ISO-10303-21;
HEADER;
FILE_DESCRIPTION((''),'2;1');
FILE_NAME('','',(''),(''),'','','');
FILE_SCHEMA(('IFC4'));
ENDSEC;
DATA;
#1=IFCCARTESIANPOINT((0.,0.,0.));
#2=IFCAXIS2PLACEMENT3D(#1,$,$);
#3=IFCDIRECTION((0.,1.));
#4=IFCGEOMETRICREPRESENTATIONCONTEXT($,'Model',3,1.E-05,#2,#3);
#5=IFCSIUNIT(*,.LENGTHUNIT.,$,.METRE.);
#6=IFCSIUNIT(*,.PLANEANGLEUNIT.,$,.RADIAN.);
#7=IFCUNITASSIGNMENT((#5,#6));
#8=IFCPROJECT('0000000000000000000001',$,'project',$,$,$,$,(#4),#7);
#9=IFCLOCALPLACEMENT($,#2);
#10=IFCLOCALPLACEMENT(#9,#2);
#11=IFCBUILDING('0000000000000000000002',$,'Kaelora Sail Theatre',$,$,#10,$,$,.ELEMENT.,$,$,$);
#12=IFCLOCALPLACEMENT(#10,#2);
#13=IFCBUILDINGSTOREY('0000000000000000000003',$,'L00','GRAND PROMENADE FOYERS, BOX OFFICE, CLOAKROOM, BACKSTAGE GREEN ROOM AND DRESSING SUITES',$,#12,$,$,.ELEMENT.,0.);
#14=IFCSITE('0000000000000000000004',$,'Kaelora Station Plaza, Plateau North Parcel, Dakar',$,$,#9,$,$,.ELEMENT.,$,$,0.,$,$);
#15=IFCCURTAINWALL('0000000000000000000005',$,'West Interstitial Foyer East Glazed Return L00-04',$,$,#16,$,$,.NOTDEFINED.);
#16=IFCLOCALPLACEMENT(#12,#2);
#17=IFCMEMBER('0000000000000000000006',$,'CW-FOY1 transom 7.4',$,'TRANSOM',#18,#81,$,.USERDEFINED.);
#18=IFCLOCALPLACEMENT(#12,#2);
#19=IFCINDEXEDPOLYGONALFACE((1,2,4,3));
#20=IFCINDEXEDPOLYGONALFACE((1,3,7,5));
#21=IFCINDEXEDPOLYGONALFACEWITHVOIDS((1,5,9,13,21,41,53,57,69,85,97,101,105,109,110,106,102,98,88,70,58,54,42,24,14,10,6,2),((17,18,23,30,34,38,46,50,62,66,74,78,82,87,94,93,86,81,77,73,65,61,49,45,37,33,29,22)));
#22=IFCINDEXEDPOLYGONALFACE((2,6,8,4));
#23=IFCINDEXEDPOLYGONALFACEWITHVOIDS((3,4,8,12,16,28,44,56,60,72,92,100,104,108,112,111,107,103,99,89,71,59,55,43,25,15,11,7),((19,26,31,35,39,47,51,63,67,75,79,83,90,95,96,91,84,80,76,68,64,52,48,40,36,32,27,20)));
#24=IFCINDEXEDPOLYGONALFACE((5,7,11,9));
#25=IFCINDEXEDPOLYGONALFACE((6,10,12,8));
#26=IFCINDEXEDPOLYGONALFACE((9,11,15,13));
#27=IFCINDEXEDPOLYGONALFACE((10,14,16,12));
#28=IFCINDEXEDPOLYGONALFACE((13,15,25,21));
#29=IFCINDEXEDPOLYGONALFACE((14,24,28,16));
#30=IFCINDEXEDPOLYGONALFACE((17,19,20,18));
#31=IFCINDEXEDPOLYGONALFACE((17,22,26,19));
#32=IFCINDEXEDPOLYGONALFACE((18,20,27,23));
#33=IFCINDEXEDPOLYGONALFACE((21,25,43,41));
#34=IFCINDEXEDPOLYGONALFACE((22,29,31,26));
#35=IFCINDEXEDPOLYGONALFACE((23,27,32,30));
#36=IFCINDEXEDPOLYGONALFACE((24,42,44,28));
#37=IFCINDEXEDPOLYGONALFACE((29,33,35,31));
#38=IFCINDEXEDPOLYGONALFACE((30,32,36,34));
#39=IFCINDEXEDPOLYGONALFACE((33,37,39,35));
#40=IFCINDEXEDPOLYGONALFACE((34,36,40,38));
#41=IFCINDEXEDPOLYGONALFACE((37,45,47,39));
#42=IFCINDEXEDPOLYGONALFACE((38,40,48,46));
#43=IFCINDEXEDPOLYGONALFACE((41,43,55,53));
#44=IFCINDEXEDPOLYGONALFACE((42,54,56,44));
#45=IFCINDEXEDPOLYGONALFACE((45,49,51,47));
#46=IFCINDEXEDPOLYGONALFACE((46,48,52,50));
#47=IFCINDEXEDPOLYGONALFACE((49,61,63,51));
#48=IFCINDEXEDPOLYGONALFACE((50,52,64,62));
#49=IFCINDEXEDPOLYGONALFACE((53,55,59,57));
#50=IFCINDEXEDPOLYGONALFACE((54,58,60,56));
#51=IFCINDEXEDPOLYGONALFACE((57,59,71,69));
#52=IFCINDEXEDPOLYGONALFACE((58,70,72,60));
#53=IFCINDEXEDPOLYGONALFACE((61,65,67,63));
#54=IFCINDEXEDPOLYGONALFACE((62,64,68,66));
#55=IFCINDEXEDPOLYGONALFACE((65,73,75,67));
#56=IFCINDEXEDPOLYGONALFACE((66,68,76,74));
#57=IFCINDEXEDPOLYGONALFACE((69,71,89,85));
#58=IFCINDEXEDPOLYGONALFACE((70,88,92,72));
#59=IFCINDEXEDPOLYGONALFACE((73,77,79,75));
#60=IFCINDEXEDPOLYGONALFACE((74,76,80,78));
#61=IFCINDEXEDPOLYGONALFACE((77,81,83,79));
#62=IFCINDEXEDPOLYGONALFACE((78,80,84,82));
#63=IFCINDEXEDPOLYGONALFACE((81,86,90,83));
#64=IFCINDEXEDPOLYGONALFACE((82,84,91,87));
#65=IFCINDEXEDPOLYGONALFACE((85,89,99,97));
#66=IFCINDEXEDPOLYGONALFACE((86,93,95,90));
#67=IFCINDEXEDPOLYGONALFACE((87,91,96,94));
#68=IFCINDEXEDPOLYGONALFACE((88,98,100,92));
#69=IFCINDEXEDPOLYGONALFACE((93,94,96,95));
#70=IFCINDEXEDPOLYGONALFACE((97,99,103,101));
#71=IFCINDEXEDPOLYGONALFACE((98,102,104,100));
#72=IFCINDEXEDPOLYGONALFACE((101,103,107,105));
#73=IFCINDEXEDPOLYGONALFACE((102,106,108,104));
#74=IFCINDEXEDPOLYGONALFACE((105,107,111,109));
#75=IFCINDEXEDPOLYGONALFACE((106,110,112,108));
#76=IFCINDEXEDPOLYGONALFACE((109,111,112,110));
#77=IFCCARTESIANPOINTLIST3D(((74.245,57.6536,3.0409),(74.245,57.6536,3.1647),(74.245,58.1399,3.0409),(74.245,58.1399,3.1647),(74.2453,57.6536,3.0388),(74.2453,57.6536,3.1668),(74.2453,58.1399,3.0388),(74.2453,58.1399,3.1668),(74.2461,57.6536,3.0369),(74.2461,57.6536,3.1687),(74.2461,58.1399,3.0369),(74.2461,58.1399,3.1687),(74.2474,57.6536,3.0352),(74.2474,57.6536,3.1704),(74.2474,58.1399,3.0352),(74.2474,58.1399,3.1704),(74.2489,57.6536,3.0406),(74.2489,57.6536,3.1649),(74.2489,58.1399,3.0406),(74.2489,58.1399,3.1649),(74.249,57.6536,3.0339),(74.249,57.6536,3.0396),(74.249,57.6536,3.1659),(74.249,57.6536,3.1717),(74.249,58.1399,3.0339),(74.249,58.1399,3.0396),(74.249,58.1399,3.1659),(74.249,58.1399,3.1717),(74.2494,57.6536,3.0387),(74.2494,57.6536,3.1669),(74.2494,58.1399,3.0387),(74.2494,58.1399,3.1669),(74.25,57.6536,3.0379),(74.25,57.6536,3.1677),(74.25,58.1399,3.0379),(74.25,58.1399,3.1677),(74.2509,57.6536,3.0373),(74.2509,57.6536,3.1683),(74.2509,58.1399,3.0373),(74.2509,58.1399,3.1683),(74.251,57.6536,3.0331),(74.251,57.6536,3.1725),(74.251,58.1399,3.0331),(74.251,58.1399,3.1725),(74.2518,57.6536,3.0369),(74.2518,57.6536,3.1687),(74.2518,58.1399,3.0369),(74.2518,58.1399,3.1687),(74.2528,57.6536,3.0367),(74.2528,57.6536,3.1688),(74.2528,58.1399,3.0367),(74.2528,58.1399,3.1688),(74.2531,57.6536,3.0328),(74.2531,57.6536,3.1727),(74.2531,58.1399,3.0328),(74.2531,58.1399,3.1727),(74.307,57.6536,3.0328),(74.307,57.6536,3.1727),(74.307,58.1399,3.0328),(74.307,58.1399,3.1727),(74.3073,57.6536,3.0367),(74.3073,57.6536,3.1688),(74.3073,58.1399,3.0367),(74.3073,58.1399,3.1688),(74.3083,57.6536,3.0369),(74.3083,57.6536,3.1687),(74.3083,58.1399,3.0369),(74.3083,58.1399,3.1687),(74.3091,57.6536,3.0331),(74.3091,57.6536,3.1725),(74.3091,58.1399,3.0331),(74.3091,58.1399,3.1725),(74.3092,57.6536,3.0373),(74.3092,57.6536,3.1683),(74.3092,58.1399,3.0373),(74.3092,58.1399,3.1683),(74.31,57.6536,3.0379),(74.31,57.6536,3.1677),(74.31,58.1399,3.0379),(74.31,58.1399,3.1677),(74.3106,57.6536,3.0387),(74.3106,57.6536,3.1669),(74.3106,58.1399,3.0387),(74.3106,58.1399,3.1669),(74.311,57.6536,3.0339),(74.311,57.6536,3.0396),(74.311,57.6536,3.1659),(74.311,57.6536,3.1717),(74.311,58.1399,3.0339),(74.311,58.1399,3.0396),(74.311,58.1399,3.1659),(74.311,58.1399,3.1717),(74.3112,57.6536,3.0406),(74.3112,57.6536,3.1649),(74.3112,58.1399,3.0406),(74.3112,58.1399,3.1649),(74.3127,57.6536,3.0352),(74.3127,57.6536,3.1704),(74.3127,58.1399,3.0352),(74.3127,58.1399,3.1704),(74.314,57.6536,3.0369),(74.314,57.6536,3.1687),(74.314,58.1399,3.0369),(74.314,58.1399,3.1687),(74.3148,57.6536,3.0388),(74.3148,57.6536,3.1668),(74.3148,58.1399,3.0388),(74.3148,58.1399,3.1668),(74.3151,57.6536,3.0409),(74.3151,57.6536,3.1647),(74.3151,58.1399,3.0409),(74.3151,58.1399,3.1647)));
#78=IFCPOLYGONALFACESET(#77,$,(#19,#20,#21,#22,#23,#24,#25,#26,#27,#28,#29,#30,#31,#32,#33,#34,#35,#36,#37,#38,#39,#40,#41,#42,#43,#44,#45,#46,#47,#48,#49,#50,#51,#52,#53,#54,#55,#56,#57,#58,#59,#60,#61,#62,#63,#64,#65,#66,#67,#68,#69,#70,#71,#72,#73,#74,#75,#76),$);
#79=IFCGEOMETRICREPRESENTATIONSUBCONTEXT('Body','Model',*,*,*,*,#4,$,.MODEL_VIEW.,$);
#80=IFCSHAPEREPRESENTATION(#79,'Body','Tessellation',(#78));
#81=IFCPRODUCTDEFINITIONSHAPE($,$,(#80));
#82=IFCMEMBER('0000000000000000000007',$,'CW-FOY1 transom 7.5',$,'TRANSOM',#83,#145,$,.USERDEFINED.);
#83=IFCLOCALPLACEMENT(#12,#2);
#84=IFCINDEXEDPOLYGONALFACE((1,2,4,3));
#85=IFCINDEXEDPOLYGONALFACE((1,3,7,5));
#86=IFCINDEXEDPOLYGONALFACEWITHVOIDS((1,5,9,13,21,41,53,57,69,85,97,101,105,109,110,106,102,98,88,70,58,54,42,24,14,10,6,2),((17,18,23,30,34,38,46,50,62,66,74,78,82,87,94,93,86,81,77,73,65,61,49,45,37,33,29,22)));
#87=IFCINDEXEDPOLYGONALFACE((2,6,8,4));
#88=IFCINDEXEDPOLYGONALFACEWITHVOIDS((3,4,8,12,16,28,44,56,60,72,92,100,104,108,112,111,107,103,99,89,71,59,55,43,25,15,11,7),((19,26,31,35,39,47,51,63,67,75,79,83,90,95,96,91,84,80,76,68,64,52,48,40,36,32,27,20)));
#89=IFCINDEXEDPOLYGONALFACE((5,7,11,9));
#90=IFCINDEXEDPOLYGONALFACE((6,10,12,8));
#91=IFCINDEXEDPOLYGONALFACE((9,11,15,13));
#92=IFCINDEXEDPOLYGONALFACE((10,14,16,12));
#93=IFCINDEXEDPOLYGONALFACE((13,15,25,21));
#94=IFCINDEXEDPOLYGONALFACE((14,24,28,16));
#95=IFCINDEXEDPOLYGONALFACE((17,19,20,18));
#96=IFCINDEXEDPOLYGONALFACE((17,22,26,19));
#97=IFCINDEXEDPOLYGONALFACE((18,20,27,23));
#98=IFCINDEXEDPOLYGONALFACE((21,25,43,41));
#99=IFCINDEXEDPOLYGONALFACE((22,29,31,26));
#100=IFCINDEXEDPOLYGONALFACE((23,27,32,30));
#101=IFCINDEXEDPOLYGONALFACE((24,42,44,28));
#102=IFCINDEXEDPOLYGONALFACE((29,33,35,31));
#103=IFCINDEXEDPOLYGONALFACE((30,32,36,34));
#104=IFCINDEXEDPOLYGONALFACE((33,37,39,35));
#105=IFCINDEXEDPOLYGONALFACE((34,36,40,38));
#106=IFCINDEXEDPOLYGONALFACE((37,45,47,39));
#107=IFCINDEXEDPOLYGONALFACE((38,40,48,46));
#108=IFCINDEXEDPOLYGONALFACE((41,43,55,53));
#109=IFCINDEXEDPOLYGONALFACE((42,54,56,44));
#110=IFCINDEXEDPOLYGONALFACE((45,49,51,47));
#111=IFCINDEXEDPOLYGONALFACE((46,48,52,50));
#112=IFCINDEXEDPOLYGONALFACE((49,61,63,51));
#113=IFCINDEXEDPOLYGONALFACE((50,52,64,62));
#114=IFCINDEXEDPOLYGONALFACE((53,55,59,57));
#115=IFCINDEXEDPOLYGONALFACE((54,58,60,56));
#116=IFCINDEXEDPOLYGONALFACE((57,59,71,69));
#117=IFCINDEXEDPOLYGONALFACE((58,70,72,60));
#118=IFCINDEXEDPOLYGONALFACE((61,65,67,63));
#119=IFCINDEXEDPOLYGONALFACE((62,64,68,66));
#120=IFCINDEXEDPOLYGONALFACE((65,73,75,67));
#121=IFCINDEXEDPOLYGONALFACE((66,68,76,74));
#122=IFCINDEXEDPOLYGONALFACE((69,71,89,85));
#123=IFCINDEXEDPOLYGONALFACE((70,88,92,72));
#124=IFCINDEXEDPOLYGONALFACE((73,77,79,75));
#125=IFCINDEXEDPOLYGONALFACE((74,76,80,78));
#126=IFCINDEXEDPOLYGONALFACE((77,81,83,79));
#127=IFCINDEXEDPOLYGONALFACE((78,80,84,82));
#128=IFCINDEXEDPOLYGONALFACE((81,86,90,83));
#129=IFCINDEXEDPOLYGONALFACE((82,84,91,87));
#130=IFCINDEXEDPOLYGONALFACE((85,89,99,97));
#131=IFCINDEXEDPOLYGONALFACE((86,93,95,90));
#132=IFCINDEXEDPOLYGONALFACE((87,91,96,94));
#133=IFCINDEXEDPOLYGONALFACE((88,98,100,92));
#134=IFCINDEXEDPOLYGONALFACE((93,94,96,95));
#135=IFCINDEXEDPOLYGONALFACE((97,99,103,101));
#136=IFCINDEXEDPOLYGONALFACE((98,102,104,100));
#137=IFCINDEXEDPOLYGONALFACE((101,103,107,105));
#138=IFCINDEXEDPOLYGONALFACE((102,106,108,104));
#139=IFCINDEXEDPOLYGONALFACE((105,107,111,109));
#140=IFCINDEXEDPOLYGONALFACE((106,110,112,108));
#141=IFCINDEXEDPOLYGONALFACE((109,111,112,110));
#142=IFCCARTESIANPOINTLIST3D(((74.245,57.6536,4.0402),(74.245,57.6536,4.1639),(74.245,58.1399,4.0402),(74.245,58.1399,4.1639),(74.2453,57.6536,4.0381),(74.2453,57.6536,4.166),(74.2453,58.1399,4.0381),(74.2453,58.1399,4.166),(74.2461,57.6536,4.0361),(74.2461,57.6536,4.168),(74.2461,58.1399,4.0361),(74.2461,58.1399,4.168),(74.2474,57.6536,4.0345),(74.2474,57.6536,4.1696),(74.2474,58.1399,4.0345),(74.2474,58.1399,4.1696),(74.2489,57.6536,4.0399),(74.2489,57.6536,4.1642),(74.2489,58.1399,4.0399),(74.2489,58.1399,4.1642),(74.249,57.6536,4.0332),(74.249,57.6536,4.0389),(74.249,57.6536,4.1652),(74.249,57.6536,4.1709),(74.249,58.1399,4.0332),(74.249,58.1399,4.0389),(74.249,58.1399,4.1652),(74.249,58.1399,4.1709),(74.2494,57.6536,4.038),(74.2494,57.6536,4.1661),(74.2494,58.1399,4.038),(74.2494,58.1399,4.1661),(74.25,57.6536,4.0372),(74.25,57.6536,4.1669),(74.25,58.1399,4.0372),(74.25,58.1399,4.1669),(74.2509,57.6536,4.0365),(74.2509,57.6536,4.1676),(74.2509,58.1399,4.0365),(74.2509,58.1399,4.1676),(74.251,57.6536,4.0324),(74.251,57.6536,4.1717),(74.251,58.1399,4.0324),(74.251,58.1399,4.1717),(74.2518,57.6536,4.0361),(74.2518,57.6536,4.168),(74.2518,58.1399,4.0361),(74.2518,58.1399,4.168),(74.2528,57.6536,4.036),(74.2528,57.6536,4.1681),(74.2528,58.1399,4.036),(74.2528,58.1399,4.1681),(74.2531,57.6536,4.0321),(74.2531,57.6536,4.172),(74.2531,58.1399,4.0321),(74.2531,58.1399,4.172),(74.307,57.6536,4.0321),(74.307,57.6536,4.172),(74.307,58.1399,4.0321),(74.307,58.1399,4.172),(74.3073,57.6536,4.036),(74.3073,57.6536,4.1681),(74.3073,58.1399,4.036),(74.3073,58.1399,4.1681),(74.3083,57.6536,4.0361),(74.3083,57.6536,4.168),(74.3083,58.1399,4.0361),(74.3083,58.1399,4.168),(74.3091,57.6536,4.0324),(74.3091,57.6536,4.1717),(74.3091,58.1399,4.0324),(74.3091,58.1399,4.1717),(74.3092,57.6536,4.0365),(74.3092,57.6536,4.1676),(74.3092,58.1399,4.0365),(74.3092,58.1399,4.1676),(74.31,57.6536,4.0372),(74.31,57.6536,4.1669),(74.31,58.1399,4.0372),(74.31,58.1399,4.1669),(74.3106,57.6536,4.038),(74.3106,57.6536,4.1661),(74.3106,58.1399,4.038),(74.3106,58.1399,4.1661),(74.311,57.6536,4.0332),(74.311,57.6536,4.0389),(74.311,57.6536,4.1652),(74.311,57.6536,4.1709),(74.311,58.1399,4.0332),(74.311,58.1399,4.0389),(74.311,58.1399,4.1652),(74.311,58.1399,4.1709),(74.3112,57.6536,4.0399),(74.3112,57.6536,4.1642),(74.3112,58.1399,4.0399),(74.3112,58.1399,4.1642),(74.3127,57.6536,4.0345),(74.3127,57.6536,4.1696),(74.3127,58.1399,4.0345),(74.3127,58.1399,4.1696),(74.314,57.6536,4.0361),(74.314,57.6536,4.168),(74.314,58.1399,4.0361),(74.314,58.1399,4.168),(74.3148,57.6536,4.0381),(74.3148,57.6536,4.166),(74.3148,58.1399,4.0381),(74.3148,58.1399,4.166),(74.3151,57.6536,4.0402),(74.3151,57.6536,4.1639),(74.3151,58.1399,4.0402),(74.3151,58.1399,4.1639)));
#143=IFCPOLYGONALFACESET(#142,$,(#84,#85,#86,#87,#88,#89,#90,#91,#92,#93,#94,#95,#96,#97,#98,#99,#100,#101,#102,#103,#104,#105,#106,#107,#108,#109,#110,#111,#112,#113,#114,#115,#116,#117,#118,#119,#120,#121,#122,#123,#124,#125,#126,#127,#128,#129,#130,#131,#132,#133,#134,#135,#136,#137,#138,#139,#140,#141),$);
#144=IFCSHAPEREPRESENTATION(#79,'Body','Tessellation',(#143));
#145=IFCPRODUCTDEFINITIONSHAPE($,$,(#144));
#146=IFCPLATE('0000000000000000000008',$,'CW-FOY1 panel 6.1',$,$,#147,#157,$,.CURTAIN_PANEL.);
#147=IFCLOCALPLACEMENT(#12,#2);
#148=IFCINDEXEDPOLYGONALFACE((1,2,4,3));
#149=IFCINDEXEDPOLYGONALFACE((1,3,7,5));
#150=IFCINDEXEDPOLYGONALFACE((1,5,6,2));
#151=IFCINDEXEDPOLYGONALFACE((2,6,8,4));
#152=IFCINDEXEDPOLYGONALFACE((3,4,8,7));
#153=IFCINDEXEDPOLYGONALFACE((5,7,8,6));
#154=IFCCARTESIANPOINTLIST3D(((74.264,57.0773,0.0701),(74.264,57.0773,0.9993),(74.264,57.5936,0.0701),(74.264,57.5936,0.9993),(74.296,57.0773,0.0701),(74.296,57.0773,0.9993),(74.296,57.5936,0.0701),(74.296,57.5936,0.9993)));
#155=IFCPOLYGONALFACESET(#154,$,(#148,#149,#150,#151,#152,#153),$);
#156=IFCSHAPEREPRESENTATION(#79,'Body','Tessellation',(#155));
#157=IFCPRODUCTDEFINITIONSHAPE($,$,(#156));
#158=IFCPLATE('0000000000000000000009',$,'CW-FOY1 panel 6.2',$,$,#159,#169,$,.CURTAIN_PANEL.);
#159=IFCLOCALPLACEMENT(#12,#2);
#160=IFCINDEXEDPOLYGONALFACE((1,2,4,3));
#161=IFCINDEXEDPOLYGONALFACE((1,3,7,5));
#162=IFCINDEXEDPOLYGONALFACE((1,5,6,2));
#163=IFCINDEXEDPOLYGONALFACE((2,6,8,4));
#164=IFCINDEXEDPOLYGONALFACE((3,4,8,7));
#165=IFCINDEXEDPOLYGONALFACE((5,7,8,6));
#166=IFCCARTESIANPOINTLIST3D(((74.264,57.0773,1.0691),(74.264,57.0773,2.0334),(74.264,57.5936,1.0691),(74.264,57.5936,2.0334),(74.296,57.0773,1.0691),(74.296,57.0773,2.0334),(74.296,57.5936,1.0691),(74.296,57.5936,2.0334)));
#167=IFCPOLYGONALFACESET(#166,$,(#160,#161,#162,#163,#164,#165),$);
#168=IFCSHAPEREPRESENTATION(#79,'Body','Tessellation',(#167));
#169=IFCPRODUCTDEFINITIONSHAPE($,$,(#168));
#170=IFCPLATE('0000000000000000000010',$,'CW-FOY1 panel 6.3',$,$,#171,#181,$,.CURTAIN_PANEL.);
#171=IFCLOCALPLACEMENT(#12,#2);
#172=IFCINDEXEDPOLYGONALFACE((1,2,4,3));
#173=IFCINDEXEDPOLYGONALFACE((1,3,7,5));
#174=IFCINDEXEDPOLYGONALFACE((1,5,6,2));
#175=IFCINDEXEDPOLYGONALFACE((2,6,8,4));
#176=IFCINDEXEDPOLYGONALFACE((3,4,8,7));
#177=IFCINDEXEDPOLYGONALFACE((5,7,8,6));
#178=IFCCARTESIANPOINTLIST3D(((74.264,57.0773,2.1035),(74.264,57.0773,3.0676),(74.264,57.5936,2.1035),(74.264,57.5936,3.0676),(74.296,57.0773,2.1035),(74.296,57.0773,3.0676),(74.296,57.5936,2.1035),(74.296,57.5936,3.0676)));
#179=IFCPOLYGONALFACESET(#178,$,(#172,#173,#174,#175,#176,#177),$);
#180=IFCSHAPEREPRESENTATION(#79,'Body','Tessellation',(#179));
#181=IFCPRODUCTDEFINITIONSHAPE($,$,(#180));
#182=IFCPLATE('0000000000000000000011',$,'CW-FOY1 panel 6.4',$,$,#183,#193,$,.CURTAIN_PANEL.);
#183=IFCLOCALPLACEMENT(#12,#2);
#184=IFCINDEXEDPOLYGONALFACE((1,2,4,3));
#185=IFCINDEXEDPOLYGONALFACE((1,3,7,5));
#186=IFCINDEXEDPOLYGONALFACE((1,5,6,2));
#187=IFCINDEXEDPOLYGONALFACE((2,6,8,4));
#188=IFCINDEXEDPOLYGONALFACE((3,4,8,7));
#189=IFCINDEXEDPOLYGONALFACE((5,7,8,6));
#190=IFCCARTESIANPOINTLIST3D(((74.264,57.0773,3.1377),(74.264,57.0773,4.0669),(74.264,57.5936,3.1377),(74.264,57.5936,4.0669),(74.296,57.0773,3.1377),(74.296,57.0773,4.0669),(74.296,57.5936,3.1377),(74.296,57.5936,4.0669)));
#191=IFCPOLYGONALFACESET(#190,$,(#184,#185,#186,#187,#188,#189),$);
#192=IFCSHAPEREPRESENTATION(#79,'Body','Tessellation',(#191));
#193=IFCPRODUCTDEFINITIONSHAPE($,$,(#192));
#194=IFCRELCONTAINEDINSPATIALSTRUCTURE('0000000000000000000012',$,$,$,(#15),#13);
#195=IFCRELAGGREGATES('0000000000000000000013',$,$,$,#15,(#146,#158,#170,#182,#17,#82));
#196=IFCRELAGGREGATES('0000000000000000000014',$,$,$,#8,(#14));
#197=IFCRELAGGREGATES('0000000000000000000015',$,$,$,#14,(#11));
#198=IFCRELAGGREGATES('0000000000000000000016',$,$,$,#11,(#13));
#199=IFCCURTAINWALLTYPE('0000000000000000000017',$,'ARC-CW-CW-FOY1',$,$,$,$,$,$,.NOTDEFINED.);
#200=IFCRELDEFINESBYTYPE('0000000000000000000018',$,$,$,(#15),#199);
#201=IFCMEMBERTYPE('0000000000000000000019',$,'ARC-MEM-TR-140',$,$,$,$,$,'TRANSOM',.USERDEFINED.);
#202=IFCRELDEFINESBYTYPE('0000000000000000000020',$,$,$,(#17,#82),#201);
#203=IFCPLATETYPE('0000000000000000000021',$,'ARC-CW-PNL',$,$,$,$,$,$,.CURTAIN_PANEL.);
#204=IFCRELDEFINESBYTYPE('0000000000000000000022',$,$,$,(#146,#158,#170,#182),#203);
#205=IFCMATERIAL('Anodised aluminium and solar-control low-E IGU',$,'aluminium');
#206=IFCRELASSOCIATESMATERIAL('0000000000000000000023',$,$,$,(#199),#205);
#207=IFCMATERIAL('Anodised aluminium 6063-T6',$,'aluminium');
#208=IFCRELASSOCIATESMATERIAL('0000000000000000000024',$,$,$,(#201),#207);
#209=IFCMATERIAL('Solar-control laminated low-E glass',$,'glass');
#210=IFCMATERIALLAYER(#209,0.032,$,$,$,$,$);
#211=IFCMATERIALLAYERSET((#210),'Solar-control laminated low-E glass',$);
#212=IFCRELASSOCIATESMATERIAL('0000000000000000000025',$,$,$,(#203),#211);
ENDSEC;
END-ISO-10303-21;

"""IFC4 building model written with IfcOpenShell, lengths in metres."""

from ifc_helpers import new_model, si_unit, direction, frame, origin, origin_2d, place, context, subcontext, project, spatial, rectangle, hollow_rectangle, extrude, material, layer, layer_set, material_profile, profile_set, type_object, element, aggregate, save


model = new_model("IFC4")

# Units and contexts
model_context = context("Model", 3, precision=1e-05, world=origin(), true_north=direction((0.0, 1.0)))
body_context = subcontext(model_context, "Body", "Model", "MODEL_VIEW")
ifc_project = project(units=[si_unit("LENGTHUNIT", "METRE"), si_unit("PLANEANGLEUNIT", "RADIAN")], contexts=[model_context])

# Site, building, storey
site_placement = place(None, origin())
site = spatial("IfcSite", under=ifc_project, at=site_placement, Name="Kaelora Station Plaza, Plateau North Parcel, Dakar", CompositionType="ELEMENT", RefElevation=0.0)
building_placement = place(site_placement, origin())
building = spatial("IfcBuilding", under=site, at=building_placement, Name="Kaelora Sail Theatre", CompositionType="ELEMENT")
storey_placement = place(building_placement, origin())
storey = spatial("IfcBuildingStorey", under=building, at=storey_placement, Name="L00", Description="GRAND PROMENADE FOYERS, BOX OFFICE, CLOAKROOM, BACKSTAGE GREEN ROOM AND DRESSING SUITES", CompositionType="ELEMENT", Elevation=0.0)

# Curtain wall
ifc_material_1 = material(Name="Anodised aluminium and solar-control low-E IGU", Category="aluminium")
curtain_wall_type = type_object("IfcCurtainWallType", Name="ARC-CW-CW-FOY1", PredefinedType="NOTDEFINED", material=ifc_material_1)
curtain_wall_placement = place(storey_placement, origin())
curtain_wall = element("IfcCurtainWall", 1, at=curtain_wall_placement, inside=storey, type_object=curtain_wall_type, Name="West Interstitial Foyer East Glazed Return L00-04", PredefinedType="NOTDEFINED")

# Members
ifc_material_2 = material(Name="Anodised aluminium 6063-T6", Category="aluminium")
ifc_material_profile_1 = material_profile(ifc_material_2, hollow_rectangle(XDim=0.0701, YDim=0.1399, WallThickness=0.0039, InnerFilletRadius=0.0039, OuterFilletRadius=0.0081, at=origin_2d()), Name="ALU-TRAN 70x140x4")
ifc_profile_set_1 = profile_set([ifc_material_profile_1], Name="Anodised aluminium 6063-T6")
member_type_1 = type_object("IfcMemberType", Name="ARC-MEM-TR-140", ElementType="TRANSOM", PredefinedType="USERDEFINED", material=ifc_profile_set_1)
member_1_placement = place(storey_placement, frame((74.28, 57.6536, 3.1028), z_axis=(0.0, 1.0, 0.0), x_axis=(-1.0, 0.0, 0.0)))
member_1 = element("IfcMember", 2, at=member_1_placement, type_object=member_type_1, Name="CW-FOY1 transom 7.4", ObjectType="TRANSOM", PredefinedType="USERDEFINED", context=body_context, shape_type="SweptSolid", body=[
    extrude(hollow_rectangle(XDim=0.0701, YDim=0.1399, WallThickness=0.0039, InnerFilletRadius=0.0039, OuterFilletRadius=0.0081, at=origin_2d()), origin(), (0.0, 0.0, 1.0), 0.4863),
])
member_2_placement = place(storey_placement, frame((74.28, 57.6536, 4.1021), z_axis=(0.0, 1.0, 0.0), x_axis=(-1.0, 0.0, 0.0)))
member_2 = element("IfcMember", 3, at=member_2_placement, type_object=member_type_1, Name="CW-FOY1 transom 7.5", ObjectType="TRANSOM", PredefinedType="USERDEFINED", context=body_context, shape_type="SweptSolid", body=[
    extrude(hollow_rectangle(XDim=0.0701, YDim=0.1399, WallThickness=0.0039, InnerFilletRadius=0.0039, OuterFilletRadius=0.0081, at=origin_2d()), origin(), (0.0, 0.0, 1.0), 0.4863),
])

# Plates
ifc_material_3 = material(Name="Solar-control laminated low-E glass", Category="glass")
ifc_layer = layer(ifc_material_3, 0.032)
ifc_layer_set = layer_set([ifc_layer], Name="Solar-control laminated low-E glass")
plate_type = type_object("IfcPlateType", Name="ARC-CW-PNL", PredefinedType="CURTAIN_PANEL", material=ifc_layer_set)
plate_1_placement = place(storey_placement, frame((74.28, 57.3354, 0.0701), z_axis=(0.0, 0.0, 1.0), x_axis=(0.0, 1.0, 0.0)))
plate_1 = element("IfcPlate", 4, at=plate_1_placement, type_object=plate_type, Name="CW-FOY1 panel 6.1", PredefinedType="CURTAIN_PANEL", context=body_context, shape_type="SweptSolid", body=[
    extrude(rectangle(XDim=0.5164, YDim=0.032, at=origin_2d()), origin(), (0.0, 0.0, 1.0), 0.9292),
])
plate_2_placement = place(storey_placement, frame((74.28, 57.3354, 1.0691), z_axis=(0.0, 0.0, 1.0), x_axis=(0.0, 1.0, 0.0)))
plate_2 = element("IfcPlate", 5, at=plate_2_placement, type_object=plate_type, Name="CW-FOY1 panel 6.2", PredefinedType="CURTAIN_PANEL", context=body_context, shape_type="SweptSolid", body=[
    extrude(rectangle(XDim=0.5164, YDim=0.032, at=origin_2d()), origin(), (0.0, 0.0, 1.0), 0.9644),
])
plate_3_placement = place(storey_placement, frame((74.28, 57.3354, 2.1035), z_axis=(0.0, 0.0, 1.0), x_axis=(0.0, 1.0, 0.0)))
plate_3 = element("IfcPlate", 6, at=plate_3_placement, type_object=plate_type, Name="CW-FOY1 panel 6.3", PredefinedType="CURTAIN_PANEL", context=body_context, shape_type="SweptSolid", body=[
    extrude(rectangle(XDim=0.5164, YDim=0.032, at=origin_2d()), origin(), (0.0, 0.0, 1.0), 0.9641),
])
plate_4_placement = place(storey_placement, frame((74.28, 57.3354, 3.1377), z_axis=(0.0, 0.0, 1.0), x_axis=(0.0, 1.0, 0.0)))
plate_4 = element("IfcPlate", 7, at=plate_4_placement, type_object=plate_type, Name="CW-FOY1 panel 6.4", PredefinedType="CURTAIN_PANEL", context=body_context, shape_type="SweptSolid", body=[
    extrude(rectangle(XDim=0.5164, YDim=0.032, at=origin_2d()), origin(), (0.0, 0.0, 1.0), 0.9292),
])
aggregate(curtain_wall, [plate_1, plate_2, plate_3, plate_4, member_1, member_2])

save(model, "model.ifc")
